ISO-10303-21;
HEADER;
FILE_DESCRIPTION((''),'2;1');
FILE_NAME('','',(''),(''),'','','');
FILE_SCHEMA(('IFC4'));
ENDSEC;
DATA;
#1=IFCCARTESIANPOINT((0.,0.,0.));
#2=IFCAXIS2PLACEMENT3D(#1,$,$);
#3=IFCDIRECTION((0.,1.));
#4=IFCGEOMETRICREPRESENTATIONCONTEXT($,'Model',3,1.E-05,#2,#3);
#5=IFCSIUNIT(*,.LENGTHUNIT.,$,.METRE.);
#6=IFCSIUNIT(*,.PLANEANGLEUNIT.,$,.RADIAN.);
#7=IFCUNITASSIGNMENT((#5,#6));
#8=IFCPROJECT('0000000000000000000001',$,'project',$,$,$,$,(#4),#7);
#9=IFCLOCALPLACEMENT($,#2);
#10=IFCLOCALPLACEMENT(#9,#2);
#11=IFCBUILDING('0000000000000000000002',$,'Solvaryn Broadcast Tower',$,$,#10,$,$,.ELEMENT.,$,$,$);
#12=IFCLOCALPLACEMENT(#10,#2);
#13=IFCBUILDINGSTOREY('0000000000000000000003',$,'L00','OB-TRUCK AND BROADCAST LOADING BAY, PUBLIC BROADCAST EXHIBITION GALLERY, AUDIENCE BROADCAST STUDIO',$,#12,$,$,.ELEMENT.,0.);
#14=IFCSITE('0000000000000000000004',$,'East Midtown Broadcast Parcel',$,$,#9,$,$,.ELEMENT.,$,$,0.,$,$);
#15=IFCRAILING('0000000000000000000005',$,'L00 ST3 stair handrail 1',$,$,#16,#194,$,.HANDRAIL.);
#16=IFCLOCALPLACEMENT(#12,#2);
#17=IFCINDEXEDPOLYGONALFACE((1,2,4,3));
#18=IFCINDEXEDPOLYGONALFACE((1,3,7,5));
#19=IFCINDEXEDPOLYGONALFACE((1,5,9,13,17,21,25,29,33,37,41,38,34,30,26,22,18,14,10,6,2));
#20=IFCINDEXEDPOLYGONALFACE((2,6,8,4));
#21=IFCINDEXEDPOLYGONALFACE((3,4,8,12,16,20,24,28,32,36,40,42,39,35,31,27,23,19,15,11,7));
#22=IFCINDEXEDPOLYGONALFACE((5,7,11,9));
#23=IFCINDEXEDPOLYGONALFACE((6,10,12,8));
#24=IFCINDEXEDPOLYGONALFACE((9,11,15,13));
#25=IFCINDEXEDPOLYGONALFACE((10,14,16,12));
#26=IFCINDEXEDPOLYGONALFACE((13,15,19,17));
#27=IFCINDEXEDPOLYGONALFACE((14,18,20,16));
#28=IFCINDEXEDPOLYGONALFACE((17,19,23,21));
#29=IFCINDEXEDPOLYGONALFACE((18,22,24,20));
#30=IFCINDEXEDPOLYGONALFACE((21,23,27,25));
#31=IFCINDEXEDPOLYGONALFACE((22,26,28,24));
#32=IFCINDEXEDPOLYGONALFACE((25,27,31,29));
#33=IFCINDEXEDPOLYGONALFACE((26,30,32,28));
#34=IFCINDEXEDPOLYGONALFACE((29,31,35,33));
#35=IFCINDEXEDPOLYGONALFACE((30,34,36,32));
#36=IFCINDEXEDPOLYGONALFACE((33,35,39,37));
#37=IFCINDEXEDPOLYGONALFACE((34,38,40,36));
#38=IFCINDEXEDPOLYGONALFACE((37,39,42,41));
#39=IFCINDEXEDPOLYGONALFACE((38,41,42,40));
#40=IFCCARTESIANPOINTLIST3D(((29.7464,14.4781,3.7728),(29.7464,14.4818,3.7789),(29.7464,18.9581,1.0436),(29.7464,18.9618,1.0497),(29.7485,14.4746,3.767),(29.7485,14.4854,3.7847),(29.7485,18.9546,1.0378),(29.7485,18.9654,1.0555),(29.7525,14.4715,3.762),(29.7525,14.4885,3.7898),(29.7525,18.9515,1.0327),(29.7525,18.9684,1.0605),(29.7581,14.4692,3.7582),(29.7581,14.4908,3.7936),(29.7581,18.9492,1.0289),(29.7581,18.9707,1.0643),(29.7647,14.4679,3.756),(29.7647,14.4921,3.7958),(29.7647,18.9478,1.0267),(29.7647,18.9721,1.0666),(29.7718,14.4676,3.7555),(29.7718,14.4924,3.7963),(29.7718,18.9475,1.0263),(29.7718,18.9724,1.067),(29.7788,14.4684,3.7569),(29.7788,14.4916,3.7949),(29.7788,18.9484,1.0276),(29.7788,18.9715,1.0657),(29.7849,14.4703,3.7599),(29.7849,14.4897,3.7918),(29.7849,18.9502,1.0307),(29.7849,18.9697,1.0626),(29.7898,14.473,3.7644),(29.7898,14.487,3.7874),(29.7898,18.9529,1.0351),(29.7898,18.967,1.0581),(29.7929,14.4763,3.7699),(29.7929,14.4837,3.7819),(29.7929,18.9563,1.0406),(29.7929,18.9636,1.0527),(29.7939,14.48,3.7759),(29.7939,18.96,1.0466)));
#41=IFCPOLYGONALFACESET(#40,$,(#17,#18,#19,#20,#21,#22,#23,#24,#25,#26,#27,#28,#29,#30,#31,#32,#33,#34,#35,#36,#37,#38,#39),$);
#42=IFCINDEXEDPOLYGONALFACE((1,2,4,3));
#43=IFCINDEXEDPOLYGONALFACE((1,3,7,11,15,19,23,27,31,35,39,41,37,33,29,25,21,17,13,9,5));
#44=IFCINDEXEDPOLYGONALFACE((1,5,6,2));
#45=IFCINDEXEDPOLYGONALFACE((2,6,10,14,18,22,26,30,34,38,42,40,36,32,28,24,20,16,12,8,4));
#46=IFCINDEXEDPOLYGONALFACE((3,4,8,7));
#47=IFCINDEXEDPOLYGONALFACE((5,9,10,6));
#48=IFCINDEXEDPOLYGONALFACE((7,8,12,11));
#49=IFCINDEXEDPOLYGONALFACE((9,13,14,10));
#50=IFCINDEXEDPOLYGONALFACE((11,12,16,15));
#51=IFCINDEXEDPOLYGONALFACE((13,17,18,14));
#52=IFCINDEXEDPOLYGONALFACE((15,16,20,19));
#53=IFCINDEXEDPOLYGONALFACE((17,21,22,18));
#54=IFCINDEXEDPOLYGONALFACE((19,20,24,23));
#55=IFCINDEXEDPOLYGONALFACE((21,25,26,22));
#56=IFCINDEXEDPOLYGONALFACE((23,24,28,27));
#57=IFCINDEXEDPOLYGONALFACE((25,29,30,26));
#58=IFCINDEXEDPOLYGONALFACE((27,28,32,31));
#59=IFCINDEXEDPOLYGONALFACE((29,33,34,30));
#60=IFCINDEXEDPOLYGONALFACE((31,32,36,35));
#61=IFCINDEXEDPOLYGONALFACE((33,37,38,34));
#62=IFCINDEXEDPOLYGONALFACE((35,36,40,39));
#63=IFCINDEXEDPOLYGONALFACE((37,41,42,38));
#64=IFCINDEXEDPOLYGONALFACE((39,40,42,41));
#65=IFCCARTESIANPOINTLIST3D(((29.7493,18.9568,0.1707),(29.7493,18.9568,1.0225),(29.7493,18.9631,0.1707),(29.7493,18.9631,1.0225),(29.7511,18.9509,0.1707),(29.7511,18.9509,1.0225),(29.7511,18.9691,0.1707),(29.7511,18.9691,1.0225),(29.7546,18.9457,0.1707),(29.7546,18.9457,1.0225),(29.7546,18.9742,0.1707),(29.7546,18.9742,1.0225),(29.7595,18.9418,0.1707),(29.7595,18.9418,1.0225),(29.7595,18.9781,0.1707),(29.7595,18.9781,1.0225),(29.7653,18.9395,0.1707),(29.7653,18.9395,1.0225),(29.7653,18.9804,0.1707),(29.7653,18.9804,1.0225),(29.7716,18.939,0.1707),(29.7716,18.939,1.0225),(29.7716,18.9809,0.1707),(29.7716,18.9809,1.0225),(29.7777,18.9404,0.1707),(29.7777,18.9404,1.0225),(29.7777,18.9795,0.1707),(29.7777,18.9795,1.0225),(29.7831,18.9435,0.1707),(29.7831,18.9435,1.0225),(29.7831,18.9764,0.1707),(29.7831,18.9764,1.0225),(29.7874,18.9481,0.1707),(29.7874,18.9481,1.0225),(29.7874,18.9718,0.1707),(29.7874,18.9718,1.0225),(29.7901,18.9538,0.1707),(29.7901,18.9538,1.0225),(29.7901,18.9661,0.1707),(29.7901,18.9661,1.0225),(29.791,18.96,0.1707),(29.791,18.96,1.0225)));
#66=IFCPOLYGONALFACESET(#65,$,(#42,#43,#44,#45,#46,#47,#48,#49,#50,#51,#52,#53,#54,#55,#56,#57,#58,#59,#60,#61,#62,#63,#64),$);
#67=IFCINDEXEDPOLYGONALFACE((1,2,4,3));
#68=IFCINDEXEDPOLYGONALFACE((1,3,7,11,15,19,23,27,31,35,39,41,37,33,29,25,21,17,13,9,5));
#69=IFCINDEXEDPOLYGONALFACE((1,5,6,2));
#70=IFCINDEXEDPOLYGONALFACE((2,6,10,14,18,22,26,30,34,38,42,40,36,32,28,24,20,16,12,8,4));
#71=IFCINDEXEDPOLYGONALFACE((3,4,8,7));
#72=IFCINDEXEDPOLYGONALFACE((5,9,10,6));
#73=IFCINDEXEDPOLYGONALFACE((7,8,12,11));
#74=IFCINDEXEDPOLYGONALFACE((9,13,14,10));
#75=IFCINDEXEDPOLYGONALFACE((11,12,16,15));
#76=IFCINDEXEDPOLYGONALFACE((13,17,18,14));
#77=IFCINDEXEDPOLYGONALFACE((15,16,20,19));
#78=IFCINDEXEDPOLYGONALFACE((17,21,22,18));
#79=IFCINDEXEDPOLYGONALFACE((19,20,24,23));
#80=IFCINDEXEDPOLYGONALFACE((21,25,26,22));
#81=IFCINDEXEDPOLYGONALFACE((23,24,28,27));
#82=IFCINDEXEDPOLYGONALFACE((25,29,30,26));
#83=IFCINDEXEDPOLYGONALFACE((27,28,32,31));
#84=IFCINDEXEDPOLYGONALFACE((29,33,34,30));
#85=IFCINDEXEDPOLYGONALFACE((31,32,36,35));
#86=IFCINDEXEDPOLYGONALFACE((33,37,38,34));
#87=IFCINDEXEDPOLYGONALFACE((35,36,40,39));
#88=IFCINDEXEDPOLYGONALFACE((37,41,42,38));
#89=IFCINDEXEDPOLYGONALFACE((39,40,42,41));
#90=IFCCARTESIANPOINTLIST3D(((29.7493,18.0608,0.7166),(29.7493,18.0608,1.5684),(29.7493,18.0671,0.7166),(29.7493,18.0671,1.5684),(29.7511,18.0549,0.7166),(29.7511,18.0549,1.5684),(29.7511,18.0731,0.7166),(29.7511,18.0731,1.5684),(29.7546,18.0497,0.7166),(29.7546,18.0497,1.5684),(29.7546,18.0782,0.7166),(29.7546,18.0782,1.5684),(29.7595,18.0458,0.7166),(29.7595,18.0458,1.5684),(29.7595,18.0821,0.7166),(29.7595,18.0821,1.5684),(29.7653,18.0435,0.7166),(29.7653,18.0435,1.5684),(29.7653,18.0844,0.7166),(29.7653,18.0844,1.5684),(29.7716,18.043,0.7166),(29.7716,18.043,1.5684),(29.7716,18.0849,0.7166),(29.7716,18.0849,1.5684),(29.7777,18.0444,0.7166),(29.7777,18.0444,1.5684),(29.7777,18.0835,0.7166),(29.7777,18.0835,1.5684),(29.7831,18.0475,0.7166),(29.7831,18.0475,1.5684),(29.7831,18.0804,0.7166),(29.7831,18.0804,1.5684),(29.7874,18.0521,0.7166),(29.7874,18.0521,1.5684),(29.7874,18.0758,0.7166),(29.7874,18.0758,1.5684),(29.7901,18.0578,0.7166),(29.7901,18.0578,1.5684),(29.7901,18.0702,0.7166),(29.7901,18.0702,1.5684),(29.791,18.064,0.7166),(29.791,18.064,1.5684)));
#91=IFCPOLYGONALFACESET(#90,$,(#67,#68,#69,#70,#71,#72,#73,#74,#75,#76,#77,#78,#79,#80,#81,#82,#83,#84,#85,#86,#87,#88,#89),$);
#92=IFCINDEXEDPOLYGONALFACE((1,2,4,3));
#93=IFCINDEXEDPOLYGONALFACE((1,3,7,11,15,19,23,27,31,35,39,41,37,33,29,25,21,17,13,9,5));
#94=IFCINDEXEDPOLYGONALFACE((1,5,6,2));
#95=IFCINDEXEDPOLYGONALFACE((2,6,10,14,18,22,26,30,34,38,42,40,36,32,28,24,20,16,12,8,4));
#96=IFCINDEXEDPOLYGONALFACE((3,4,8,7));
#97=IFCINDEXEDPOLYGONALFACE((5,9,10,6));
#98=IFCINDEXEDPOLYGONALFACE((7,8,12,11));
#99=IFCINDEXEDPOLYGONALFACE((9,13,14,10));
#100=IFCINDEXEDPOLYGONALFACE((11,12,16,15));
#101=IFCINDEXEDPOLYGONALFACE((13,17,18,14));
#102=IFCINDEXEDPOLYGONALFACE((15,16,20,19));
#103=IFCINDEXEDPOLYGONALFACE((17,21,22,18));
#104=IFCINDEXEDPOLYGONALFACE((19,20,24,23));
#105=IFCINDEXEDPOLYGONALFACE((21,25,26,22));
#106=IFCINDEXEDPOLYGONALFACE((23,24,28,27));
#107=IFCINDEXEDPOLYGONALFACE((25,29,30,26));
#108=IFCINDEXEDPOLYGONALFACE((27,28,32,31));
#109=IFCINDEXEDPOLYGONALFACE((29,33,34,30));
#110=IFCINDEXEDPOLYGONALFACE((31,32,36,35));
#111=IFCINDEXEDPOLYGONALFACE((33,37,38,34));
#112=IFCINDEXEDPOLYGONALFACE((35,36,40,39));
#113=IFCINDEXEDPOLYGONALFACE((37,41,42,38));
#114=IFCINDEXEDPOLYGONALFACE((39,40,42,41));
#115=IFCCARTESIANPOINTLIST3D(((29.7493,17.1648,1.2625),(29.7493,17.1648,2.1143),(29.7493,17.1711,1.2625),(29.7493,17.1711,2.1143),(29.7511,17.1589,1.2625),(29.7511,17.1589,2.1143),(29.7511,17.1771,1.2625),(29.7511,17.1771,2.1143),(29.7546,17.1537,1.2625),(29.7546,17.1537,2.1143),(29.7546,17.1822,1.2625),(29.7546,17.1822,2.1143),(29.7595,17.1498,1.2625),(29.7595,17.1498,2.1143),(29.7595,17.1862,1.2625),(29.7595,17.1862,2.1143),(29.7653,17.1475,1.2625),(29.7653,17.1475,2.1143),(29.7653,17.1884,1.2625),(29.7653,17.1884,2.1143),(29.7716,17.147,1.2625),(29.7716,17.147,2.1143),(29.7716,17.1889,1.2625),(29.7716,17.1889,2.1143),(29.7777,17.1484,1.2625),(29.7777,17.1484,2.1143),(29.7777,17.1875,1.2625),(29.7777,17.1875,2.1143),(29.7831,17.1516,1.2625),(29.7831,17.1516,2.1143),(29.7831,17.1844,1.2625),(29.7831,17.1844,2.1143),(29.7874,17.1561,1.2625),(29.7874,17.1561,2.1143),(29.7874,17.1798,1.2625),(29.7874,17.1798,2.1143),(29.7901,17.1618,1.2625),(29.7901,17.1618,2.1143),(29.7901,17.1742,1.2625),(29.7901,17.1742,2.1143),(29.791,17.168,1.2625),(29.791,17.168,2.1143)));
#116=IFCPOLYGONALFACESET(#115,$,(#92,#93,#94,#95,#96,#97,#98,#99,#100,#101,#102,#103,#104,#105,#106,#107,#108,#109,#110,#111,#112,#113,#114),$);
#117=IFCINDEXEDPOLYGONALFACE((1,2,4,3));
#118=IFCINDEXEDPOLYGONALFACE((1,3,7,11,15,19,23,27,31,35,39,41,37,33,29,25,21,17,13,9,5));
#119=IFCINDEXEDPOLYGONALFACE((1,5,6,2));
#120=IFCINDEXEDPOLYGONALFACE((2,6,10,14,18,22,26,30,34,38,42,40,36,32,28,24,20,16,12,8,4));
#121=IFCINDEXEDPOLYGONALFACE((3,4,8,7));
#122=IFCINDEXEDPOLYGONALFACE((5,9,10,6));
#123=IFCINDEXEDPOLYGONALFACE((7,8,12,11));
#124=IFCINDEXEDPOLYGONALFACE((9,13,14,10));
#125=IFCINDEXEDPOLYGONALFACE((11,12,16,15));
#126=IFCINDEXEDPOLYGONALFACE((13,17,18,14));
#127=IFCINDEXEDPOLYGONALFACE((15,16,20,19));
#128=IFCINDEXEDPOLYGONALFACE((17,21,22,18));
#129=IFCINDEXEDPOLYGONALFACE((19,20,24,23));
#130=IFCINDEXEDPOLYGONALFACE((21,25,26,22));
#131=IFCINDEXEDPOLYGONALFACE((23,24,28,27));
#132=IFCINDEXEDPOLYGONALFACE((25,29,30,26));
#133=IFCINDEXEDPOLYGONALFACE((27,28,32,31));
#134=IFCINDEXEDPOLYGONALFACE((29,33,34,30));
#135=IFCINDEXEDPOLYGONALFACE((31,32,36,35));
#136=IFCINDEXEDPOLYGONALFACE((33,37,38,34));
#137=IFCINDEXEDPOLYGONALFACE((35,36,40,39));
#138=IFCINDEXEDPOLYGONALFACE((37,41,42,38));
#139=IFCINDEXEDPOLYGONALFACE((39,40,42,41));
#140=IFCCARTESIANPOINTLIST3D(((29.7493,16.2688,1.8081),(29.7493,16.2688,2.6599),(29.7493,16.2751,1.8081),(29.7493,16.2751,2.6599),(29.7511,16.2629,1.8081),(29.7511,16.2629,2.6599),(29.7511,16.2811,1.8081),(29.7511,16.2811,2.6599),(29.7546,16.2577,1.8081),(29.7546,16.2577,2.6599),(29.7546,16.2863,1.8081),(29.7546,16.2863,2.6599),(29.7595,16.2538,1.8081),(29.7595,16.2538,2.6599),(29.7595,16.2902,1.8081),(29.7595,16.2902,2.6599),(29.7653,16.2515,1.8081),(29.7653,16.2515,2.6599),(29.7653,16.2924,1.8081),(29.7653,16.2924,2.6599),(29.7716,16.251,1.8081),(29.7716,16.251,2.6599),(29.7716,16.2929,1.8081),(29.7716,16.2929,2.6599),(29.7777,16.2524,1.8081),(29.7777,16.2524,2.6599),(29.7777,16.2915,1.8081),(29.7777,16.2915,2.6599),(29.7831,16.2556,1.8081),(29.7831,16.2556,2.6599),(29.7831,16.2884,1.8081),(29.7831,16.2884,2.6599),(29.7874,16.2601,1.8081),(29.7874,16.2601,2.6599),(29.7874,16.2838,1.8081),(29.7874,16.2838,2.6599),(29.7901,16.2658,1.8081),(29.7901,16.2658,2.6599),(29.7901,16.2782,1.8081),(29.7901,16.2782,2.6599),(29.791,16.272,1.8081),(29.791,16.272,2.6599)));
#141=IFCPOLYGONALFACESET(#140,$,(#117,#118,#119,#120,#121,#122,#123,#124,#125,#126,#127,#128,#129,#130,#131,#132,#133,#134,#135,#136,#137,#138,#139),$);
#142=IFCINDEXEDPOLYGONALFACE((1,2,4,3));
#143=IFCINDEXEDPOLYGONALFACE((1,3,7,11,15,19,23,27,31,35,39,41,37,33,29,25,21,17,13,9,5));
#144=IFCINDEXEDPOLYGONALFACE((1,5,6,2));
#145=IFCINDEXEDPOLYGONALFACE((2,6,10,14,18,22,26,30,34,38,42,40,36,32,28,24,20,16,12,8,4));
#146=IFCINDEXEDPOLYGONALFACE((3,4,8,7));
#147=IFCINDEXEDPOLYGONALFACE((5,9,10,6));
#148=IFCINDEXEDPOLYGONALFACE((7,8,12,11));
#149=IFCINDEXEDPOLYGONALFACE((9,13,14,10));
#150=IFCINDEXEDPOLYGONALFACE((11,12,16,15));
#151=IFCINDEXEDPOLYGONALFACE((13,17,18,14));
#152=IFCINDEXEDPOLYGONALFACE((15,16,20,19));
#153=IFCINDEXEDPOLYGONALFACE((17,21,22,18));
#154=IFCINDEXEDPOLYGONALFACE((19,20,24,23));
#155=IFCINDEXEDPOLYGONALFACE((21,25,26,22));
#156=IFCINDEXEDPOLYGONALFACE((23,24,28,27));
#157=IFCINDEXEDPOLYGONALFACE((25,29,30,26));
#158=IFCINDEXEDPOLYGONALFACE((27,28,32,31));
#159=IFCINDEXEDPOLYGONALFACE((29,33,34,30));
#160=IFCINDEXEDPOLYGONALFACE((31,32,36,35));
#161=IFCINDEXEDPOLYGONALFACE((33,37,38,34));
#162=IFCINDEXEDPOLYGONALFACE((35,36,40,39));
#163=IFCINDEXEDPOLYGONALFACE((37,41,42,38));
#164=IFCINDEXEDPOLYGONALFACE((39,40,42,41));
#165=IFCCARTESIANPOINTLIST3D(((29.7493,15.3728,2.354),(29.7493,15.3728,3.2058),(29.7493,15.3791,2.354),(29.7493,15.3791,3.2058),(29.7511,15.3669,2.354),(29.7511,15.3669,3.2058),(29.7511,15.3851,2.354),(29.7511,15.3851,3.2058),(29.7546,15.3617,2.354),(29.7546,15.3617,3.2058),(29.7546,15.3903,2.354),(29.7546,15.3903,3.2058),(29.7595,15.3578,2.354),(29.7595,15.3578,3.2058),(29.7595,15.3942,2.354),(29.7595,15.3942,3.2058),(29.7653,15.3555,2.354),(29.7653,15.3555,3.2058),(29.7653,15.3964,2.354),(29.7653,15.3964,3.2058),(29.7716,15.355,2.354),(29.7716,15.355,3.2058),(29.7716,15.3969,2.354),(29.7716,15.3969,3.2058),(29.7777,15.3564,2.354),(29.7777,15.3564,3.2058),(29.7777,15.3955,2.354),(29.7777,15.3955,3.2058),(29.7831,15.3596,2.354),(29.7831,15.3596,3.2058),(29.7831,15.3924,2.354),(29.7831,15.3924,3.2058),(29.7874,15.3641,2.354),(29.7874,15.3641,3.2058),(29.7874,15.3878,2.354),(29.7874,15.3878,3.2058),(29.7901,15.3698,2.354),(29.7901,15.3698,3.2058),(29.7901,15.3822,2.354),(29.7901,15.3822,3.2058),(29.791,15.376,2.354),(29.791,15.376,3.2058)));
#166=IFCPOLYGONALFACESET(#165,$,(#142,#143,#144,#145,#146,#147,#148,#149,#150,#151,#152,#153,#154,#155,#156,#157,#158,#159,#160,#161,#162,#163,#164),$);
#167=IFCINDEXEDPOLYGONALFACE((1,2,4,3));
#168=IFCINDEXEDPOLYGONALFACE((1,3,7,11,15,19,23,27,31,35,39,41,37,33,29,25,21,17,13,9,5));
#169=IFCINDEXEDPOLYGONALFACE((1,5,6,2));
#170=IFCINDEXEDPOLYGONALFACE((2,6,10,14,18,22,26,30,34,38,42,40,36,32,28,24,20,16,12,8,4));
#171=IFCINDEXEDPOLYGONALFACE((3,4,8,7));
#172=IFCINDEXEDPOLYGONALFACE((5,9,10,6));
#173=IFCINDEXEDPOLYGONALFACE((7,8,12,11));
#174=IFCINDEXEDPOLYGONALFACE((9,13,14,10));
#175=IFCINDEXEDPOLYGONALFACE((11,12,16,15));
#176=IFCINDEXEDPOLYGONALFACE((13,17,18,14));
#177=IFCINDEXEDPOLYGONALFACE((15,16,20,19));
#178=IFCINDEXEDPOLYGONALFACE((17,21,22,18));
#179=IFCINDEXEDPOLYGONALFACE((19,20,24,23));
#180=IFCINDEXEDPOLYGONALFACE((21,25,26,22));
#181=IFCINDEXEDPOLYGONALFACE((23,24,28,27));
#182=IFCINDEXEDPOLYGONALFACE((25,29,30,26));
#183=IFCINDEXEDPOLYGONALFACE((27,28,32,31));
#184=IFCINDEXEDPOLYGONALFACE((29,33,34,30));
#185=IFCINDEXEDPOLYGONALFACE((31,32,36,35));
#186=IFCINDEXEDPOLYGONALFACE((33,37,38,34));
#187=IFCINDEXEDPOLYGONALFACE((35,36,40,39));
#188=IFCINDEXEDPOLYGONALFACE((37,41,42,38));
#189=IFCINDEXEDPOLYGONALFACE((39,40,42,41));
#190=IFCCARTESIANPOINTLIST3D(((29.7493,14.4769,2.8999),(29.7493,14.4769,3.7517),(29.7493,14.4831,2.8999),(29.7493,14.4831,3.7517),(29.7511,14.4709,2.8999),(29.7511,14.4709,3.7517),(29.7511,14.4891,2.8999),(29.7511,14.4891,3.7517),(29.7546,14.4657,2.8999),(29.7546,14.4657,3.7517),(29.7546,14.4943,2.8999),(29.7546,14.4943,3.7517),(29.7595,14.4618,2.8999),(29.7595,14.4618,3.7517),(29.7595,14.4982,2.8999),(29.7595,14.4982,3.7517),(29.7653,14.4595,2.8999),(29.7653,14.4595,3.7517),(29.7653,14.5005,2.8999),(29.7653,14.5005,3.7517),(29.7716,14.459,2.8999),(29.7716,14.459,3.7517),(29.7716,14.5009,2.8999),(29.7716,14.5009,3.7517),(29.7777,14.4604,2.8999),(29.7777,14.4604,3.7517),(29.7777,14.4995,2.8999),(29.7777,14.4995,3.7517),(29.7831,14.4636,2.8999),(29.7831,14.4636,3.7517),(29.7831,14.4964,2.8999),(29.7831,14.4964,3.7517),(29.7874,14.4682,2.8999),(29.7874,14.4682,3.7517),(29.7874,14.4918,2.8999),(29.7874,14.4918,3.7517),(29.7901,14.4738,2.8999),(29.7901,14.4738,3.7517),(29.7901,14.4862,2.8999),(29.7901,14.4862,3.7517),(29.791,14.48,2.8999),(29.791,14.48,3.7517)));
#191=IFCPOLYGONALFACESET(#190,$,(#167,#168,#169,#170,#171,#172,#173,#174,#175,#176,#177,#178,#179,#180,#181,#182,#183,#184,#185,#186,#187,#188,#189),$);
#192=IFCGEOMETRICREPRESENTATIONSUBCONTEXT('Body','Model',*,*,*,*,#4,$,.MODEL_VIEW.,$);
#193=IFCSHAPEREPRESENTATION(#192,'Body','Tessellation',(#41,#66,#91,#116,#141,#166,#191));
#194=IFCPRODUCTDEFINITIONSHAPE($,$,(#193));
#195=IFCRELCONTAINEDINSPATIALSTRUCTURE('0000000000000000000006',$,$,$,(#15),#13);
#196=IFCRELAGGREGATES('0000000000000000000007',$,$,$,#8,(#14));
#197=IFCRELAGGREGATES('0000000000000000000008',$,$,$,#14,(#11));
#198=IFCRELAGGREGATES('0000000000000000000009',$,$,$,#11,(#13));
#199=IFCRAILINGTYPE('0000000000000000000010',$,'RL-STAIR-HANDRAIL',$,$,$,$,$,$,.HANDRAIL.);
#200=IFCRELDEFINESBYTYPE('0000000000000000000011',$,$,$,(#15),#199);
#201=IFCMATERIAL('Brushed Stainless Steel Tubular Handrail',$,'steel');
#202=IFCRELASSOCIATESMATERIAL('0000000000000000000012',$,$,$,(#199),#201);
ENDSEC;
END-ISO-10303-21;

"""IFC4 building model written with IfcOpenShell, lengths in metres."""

from ifc_helpers import new_model, si_unit, direction, frame, origin, origin_2d, place, context, subcontext, project, spatial, circle, extrude, material, type_object, element, save


model = new_model("IFC4")

# Units and contexts
model_context = context("Model", 3, precision=1e-05, world=origin(), true_north=direction((0.0, 1.0)))
body_context = subcontext(model_context, "Body", "Model", "MODEL_VIEW")
ifc_project = project(units=[si_unit("LENGTHUNIT", "METRE"), si_unit("PLANEANGLEUNIT", "RADIAN")], contexts=[model_context])

# Site, building, storey
site_placement = place(None, origin())
site = spatial("IfcSite", under=ifc_project, at=site_placement, Name="East Midtown Broadcast Parcel", CompositionType="ELEMENT", RefElevation=0.0)
building_placement = place(site_placement, origin())
building = spatial("IfcBuilding", under=site, at=building_placement, Name="Solvaryn Broadcast Tower", CompositionType="ELEMENT")
storey_placement = place(building_placement, origin())
storey = spatial("IfcBuildingStorey", under=building, at=storey_placement, Name="L00", Description="OB-TRUCK AND BROADCAST LOADING BAY, PUBLIC BROADCAST EXHIBITION GALLERY, AUDIENCE BROADCAST STUDIO", CompositionType="ELEMENT", Elevation=0.0)

# Railing
ifc_material_1 = material(Name="Brushed Stainless Steel Tubular Handrail", Category="steel")
railing_type_1 = type_object("IfcRailingType", Name="RL-STAIR-HANDRAIL", PredefinedType="HANDRAIL", material=ifc_material_1)
railing_1_placement = place(storey_placement, frame((29.77, 18.96, 0.1707)))
element("IfcRailing", 1, at=railing_1_placement, inside=storey, type_object=railing_type_1, Name="L00 ST3 stair handrail 1", PredefinedType="HANDRAIL", context=body_context, shape_type="SweptSolid", body=[
    extrude(circle(Radius=0.0239, at=origin_2d()), frame((0.0, 0.0, 0.876), z_axis=(0.0, -0.854003, 0.520267), x_axis=(1.0, 0.0, 0.0)), (0.0, 0.0, 1.0), 5.2458),
    extrude(circle(Radius=0.021, at=origin_2d()), origin(), (0.0, 0.0, 1.0), 0.8518),
    extrude(circle(Radius=0.021, at=origin_2d()), frame((0.0, -0.896, 0.5459)), (0.0, 0.0, 1.0), 0.8518),
    extrude(circle(Radius=0.021, at=origin_2d()), frame((0.0, -1.792, 1.0918)), (0.0, 0.0, 1.0), 0.8518),
    extrude(circle(Radius=0.021, at=origin_2d()), frame((0.0, -2.688, 1.6375)), (0.0, 0.0, 1.0), 0.8518),
    extrude(circle(Radius=0.021, at=origin_2d()), frame((0.0, -3.584, 2.1833)), (0.0, 0.0, 1.0), 0.8518),
    extrude(circle(Radius=0.021, at=origin_2d()), frame((0.0, -4.48, 2.7292)), (0.0, 0.0, 1.0), 0.8518),
])

save(model, "model.ifc")
